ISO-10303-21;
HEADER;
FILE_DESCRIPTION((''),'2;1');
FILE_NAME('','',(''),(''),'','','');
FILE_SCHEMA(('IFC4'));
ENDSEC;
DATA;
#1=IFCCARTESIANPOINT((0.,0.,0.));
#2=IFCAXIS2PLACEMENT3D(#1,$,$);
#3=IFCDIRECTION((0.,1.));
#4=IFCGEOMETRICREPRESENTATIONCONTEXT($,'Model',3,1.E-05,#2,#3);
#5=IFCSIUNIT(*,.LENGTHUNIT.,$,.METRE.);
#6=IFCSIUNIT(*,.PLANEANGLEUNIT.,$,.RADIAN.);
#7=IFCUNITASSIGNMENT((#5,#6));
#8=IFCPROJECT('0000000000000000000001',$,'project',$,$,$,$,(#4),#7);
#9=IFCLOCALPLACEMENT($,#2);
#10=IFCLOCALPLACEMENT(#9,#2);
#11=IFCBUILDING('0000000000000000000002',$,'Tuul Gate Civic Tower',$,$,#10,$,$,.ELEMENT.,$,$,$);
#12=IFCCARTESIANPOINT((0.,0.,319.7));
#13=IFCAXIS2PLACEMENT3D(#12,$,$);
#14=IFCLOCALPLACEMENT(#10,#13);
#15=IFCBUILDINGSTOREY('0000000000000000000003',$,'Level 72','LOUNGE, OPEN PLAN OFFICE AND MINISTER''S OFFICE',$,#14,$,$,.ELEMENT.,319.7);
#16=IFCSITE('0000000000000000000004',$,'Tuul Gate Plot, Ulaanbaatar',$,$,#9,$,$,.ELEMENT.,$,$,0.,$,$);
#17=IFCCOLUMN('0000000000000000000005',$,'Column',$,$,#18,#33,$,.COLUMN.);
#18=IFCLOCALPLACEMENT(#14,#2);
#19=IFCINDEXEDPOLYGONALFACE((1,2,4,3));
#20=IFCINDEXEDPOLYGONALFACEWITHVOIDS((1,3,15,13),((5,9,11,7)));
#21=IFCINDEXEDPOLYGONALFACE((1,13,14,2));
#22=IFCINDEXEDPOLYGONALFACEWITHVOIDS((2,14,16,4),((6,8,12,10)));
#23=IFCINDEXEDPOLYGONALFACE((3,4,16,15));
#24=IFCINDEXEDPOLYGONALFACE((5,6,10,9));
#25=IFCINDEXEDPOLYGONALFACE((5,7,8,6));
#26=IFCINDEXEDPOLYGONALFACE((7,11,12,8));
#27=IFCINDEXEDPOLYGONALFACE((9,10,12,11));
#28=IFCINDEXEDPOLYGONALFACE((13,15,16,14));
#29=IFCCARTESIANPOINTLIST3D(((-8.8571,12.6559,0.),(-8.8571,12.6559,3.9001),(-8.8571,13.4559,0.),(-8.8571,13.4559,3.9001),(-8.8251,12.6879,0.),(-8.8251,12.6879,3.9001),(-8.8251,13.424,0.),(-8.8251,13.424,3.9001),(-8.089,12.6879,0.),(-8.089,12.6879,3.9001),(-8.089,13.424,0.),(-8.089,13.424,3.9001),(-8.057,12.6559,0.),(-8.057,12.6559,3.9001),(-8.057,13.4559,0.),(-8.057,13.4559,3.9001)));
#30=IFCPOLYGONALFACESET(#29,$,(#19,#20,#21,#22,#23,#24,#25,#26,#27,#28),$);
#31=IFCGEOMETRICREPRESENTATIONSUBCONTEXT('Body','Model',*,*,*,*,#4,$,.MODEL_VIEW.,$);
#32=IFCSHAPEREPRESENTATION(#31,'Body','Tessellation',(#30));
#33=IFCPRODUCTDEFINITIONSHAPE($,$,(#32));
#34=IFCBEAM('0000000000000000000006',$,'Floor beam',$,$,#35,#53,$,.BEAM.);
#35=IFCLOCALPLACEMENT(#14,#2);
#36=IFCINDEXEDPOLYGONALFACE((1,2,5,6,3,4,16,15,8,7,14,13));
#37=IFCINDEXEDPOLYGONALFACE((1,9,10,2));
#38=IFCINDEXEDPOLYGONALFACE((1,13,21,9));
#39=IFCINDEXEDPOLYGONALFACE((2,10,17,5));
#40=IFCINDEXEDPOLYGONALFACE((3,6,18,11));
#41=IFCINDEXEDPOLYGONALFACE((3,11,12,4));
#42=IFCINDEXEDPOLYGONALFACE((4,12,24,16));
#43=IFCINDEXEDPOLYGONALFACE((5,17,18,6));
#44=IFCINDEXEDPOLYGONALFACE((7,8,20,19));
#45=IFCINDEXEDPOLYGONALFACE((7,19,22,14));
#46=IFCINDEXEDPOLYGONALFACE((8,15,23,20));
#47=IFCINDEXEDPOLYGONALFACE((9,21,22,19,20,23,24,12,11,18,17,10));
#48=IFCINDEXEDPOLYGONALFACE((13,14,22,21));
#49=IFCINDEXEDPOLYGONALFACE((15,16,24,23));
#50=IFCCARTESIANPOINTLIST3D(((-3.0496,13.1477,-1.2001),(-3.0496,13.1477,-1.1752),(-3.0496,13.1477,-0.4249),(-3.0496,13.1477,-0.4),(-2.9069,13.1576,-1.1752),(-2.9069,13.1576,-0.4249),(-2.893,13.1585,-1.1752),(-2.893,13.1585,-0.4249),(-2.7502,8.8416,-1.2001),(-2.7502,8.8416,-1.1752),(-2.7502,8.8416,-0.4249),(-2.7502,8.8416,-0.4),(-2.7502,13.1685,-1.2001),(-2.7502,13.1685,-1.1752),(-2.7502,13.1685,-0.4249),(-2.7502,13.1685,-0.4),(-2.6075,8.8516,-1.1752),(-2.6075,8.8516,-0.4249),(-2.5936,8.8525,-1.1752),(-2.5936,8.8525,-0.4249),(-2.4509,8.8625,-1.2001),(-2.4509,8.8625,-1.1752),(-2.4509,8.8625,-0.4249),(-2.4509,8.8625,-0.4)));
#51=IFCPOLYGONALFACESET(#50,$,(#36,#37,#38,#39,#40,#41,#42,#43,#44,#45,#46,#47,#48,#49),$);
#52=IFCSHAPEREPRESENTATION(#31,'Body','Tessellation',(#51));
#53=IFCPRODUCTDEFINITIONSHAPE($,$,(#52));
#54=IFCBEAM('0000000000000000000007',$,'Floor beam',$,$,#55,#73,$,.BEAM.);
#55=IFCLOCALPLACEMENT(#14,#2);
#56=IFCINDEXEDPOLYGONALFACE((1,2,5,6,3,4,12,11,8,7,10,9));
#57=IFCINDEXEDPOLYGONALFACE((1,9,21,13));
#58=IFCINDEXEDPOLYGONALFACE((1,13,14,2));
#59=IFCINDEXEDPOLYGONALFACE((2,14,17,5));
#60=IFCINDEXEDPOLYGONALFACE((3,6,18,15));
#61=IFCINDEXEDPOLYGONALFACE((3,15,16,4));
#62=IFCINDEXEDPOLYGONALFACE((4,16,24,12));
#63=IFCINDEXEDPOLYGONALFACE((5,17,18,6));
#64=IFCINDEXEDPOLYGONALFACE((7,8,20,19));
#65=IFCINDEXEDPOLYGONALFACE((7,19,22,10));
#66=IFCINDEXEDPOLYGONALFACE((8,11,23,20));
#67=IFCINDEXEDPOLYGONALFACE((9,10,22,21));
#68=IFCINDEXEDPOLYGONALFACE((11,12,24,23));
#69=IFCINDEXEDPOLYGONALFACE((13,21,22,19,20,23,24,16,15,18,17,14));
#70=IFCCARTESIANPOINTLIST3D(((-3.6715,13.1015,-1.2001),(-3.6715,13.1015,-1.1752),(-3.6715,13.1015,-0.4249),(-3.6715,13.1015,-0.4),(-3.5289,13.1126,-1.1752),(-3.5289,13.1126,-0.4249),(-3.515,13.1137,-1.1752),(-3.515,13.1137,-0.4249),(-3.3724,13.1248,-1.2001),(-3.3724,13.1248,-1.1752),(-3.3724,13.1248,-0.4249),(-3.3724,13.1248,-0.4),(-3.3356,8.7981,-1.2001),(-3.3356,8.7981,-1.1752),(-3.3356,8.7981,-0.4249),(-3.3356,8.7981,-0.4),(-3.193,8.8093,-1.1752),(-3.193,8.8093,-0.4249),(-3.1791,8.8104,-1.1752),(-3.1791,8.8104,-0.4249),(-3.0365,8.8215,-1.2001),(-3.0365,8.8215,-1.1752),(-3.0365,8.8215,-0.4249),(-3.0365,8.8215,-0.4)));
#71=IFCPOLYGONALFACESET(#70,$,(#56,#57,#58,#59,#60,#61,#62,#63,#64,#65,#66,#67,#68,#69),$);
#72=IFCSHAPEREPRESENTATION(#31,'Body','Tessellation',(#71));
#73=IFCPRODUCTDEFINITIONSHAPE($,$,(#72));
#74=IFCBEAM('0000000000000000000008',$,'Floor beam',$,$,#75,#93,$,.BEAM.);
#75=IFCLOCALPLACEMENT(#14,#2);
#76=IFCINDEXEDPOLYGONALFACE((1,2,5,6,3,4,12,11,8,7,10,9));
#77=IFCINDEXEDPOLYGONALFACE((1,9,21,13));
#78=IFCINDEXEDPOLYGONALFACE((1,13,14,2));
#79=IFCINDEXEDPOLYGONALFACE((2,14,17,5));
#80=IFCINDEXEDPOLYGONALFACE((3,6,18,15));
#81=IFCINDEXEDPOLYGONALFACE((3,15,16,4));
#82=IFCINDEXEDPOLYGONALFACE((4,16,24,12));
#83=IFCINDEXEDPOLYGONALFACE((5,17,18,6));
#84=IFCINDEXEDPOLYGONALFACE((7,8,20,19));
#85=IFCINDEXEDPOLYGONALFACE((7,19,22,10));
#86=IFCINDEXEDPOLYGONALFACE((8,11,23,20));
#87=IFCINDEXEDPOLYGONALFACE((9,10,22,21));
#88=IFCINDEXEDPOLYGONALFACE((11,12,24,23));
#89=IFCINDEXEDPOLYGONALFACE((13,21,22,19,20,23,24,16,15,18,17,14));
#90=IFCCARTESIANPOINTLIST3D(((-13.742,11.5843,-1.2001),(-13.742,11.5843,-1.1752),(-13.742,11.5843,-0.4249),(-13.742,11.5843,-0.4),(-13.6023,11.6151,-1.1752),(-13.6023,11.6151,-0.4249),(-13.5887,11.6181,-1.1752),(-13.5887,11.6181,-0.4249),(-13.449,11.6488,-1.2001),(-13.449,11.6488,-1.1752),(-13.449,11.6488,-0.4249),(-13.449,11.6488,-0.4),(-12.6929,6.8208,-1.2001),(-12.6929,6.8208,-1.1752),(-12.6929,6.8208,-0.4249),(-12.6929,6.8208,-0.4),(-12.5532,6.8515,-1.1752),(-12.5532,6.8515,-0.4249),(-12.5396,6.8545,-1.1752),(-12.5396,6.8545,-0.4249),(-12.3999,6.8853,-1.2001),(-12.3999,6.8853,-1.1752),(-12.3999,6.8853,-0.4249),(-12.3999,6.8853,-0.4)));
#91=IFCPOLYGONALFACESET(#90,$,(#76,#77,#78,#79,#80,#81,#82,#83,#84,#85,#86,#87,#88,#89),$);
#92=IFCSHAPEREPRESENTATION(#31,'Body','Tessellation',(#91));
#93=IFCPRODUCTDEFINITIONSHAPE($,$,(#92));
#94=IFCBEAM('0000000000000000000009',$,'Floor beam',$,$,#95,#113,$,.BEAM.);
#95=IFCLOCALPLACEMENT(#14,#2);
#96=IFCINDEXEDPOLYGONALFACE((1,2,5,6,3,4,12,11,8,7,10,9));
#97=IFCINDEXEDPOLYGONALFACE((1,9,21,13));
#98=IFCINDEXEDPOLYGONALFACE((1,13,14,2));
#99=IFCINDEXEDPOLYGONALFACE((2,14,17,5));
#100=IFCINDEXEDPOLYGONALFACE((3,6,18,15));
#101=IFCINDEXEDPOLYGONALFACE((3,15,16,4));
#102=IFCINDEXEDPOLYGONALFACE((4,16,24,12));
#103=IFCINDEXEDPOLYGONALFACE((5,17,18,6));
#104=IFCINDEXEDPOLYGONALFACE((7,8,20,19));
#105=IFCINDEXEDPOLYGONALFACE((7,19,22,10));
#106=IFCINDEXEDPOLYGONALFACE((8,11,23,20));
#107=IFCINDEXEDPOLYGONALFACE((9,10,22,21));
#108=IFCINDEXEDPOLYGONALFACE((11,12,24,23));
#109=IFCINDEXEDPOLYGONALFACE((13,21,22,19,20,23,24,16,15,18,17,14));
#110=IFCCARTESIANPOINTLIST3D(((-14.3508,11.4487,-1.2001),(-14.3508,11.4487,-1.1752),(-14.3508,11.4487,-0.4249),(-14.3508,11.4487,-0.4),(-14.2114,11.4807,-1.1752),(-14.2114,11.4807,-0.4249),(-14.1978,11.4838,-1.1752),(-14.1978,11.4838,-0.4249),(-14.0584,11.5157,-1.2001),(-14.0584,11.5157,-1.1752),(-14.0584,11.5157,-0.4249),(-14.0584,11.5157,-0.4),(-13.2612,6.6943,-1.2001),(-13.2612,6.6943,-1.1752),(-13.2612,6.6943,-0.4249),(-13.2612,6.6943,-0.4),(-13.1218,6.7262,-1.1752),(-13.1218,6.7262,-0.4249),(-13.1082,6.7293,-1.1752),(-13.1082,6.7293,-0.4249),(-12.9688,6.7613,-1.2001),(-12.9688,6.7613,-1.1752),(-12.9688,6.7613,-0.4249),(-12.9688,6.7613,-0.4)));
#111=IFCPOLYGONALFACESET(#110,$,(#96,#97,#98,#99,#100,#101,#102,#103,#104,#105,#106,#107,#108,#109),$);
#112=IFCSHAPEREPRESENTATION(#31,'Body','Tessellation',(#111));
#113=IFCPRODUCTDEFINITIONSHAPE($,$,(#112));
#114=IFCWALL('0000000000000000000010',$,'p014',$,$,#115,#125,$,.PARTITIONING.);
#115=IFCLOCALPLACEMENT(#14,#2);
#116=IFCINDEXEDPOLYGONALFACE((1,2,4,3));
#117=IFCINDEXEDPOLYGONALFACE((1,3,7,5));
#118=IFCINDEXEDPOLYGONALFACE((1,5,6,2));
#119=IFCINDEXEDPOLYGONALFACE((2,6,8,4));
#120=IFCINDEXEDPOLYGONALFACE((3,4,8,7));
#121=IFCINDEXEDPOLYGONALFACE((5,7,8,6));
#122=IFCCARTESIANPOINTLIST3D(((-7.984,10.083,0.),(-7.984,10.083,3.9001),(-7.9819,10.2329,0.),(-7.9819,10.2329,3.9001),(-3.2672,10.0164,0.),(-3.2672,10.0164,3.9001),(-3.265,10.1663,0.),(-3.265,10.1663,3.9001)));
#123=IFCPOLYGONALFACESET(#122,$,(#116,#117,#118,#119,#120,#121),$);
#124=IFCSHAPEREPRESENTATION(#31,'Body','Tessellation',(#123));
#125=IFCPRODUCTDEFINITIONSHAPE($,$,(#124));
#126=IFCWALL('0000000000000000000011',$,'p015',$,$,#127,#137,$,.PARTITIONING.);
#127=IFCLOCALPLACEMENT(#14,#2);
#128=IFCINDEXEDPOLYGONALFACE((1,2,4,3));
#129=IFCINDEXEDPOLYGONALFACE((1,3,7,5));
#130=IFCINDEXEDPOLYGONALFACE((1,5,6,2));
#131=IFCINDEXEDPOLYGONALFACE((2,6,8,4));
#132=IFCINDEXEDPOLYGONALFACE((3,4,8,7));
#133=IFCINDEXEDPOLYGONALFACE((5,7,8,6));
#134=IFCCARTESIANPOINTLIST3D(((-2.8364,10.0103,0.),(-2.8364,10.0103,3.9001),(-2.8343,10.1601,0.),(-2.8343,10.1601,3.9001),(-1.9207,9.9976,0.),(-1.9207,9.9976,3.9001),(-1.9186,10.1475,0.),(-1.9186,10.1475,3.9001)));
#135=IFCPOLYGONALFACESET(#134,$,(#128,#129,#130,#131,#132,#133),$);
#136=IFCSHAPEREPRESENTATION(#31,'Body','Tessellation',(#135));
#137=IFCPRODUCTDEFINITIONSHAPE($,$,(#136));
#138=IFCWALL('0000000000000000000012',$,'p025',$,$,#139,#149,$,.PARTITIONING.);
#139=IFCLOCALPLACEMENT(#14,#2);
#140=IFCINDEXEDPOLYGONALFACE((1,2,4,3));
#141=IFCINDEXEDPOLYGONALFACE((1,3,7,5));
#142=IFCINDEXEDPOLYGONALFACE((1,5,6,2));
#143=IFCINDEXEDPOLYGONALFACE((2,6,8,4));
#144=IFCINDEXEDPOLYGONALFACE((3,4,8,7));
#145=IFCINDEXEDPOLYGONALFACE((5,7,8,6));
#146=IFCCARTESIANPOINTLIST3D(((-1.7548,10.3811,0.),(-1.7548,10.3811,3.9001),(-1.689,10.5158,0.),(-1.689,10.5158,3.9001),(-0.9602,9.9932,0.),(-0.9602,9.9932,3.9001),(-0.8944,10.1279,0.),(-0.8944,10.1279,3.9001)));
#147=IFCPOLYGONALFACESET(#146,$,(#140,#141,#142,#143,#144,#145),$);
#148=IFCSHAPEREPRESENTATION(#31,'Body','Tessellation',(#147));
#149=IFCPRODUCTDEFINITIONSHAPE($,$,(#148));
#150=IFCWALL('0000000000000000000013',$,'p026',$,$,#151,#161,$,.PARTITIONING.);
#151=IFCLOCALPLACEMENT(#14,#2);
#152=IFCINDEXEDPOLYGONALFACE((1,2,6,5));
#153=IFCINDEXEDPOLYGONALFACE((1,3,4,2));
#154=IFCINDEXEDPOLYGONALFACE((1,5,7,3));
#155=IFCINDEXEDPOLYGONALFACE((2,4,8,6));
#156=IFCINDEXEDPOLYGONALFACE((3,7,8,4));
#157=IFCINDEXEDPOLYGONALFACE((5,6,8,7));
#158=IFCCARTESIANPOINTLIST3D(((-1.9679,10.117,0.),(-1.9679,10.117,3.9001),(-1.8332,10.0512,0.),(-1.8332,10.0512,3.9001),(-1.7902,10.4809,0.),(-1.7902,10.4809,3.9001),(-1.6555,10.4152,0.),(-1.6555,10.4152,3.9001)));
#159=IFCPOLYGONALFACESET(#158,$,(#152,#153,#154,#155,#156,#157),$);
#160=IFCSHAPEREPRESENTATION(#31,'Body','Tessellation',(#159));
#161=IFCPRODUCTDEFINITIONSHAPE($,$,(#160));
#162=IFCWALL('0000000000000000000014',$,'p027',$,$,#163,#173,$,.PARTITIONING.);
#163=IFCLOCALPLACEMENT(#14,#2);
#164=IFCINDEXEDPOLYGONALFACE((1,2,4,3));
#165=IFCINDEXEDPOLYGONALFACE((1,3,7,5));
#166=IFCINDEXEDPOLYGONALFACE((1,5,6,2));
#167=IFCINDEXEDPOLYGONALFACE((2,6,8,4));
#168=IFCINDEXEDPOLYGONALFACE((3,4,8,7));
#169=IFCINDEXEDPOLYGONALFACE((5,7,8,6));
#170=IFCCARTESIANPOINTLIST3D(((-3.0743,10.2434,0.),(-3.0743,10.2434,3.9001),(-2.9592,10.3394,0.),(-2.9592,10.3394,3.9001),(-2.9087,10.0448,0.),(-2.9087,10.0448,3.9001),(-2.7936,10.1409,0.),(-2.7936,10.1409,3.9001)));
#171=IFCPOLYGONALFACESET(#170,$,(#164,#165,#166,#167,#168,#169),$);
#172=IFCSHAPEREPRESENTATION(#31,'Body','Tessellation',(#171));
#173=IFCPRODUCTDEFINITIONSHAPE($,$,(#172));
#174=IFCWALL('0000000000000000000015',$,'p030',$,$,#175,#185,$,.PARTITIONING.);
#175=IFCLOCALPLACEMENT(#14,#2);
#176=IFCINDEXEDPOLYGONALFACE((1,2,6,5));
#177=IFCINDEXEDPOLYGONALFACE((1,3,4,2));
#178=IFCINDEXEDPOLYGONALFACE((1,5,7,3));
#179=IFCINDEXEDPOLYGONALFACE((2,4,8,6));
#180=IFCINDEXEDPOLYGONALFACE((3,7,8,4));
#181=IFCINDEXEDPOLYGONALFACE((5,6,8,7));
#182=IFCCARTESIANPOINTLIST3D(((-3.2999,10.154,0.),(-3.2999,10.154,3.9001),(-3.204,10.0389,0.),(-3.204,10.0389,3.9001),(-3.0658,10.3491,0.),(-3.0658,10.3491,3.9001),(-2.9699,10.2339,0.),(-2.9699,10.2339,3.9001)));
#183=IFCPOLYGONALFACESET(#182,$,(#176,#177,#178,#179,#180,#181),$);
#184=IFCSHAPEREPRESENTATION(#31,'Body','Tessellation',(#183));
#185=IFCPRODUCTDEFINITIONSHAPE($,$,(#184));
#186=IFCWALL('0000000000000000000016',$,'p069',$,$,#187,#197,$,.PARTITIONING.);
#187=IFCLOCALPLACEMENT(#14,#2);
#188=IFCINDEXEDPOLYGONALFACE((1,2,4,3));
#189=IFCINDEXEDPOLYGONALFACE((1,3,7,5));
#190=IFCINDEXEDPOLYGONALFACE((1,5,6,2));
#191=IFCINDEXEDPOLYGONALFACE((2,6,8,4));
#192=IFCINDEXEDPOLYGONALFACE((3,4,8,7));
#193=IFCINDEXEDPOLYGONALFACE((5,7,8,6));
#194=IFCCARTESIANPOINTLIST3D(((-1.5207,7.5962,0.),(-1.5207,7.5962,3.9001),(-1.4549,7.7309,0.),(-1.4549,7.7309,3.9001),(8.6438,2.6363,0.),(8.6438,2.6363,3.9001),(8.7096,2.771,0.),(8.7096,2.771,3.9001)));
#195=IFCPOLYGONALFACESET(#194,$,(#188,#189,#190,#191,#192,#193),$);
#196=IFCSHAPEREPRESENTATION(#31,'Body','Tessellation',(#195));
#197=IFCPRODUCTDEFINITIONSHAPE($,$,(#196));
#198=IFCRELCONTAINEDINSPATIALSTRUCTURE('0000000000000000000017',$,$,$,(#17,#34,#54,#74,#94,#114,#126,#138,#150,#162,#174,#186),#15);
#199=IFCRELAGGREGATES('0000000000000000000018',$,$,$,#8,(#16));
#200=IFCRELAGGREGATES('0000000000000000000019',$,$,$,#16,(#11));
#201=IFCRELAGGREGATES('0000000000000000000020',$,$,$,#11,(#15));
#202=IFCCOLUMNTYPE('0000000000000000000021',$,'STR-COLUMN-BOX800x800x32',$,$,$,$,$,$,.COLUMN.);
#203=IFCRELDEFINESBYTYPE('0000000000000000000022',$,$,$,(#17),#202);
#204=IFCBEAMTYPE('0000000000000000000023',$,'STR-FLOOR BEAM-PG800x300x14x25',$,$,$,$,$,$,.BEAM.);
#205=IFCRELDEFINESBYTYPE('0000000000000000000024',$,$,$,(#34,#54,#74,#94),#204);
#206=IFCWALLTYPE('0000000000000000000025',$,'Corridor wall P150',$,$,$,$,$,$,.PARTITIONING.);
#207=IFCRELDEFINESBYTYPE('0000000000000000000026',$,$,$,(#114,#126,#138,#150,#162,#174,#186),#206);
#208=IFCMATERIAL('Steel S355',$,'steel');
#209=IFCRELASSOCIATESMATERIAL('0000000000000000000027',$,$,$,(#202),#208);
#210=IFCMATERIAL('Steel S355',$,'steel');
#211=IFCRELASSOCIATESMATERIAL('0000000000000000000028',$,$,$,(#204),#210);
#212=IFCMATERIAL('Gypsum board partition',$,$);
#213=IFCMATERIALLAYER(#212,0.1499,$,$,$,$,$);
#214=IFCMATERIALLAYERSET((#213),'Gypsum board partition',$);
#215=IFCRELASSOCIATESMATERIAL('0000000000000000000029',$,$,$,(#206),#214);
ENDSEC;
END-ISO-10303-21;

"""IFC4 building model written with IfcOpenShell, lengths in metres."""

from ifc_helpers import new_model, si_unit, direction, frame, frame_2d, origin, origin_2d, place, context, subcontext, project, spatial, rectangle, hollow_rectangle, i_section, extrude, material, layer, layer_set, material_profile, profile_set, type_object, element, save


model = new_model("IFC4")

# Units and contexts
model_context = context("Model", 3, precision=1e-05, world=origin(), true_north=direction((0.0, 1.0)))
body_context = subcontext(model_context, "Body", "Model", "MODEL_VIEW")
ifc_project = project(units=[si_unit("LENGTHUNIT", "METRE"), si_unit("PLANEANGLEUNIT", "RADIAN")], contexts=[model_context])

# Site, building, storey
site_placement = place(None, origin())
site = spatial("IfcSite", under=ifc_project, at=site_placement, Name="Tuul Gate Plot, Ulaanbaatar", CompositionType="ELEMENT", RefElevation=0.0)
building_placement = place(site_placement, origin())
building = spatial("IfcBuilding", under=site, at=building_placement, Name="Tuul Gate Civic Tower", CompositionType="ELEMENT")
storey_placement = place(building_placement, frame((0.0, 0.0, 319.7)))
storey = spatial("IfcBuildingStorey", under=building, at=storey_placement, Name="Level 72", Description="LOUNGE, OPEN PLAN OFFICE AND MINISTER'S OFFICE", CompositionType="ELEMENT", Elevation=319.7)

# Column
ifc_material_1 = material(Name="Steel S355", Category="steel")
ifc_material_profile_1 = material_profile(ifc_material_1, hollow_rectangle(XDim=0.8, YDim=0.8, WallThickness=0.032, at=origin_2d()), Name="BOX800x800x32")
ifc_profile_set_1 = profile_set([ifc_material_profile_1], Name="Steel S355")
column_type = type_object("IfcColumnType", Name="STR-COLUMN-BOX800x800x32", PredefinedType="COLUMN", material=ifc_profile_set_1)
column_placement = place(storey_placement, frame((-8.457, 13.0559, 0.0), z_axis=(0.0, 0.0, 1.0), x_axis=(1.0, 0.0, 0.0)))
element("IfcColumn", 1, at=column_placement, inside=storey, type_object=column_type, Name="Column", PredefinedType="COLUMN", context=body_context, shape_type="SweptSolid", body=[
    extrude(hollow_rectangle(XDim=0.8, YDim=0.8, WallThickness=0.032, at=origin_2d()), origin(), (0.0, 0.0, 1.0), 3.9001),
])

# Beams
ifc_material_2 = material(Name="Steel S355", Category="steel")
ifc_material_profile_2 = material_profile(ifc_material_2, i_section(OverallWidth=0.3, OverallDepth=0.8, WebThickness=0.0139, FlangeThickness=0.0249, at=origin_2d()), Name="PG800x300x14x25")
ifc_profile_set_2 = profile_set([ifc_material_profile_2], Name="Steel S355")
beam_type = type_object("IfcBeamType", Name="STR-FLOOR BEAM-PG800x300x14x25", PredefinedType="BEAM", material=ifc_profile_set_2)
for number, where, z_axis, x_axis, name in (
    (2, (-2.6006, 8.8521, -0.8), (-0.069346, 0.997593, 0.0), (-0.997593, -0.069346, 0.0), "Floor beam"),
    (3, (-3.186, 8.8098, -0.8), (-0.07783, 0.996967, 0.0), (-0.996967, -0.07783, 0.0), "Floor beam"),
):
    element("IfcBeam", number, at=place(storey_placement, frame(where, z_axis=z_axis, x_axis=x_axis)), inside=storey, type_object=beam_type, Name=name, PredefinedType="BEAM", context=body_context, shape_type="SweptSolid", body=[
        extrude(i_section(OverallWidth=0.3, OverallDepth=0.8, WebThickness=0.0139, FlangeThickness=0.0249, at=origin_2d()), origin(), (0.0, 0.0, 1.0), 4.3164),
    ])
for number, where, z_axis, x_axis, name in (
    (4, (-12.5464, 6.853, -0.8), (-0.21508, 0.976596, 0.0), (-0.976596, -0.21508, 0.0), "Floor beam"),
    (5, (-13.115, 6.7278, -0.8), (-0.223386, 0.97473, 0.0), (-0.97473, -0.223386, 0.0), "Floor beam"),
):
    element("IfcBeam", number, at=place(storey_placement, frame(where, z_axis=z_axis, x_axis=x_axis)), inside=storey, type_object=beam_type, Name=name, PredefinedType="BEAM", context=body_context, shape_type="SweptSolid", body=[
        extrude(i_section(OverallWidth=0.3, OverallDepth=0.8, WebThickness=0.0139, FlangeThickness=0.0249, at=origin_2d()), origin(), (0.0, 0.0, 1.0), 4.8777),
    ])

# Walls
ifc_material_3 = material(Name="Gypsum board partition")
ifc_layer_1 = layer(ifc_material_3, 0.1499)
ifc_layer_set_1 = layer_set([ifc_layer_1], Name="Gypsum board partition")
wall_type_1 = type_object("IfcWallType", Name="Corridor wall P150", PredefinedType="PARTITIONING", material=ifc_layer_set_1)
wall_1_placement = place(storey_placement, frame((-7.9829, 10.158, 0.0), z_axis=(0.0, 0.0, 1.0), x_axis=(0.9999, -0.014129, 0.0)))
element("IfcWall", 6, at=wall_1_placement, inside=storey, type_object=wall_type_1, Name="p014", PredefinedType="PARTITIONING", context=body_context, shape_type="SweptSolid", body=[
    extrude(rectangle(XDim=4.7173, YDim=0.1499, at=frame_2d((2.3586, 0.0))), origin(), (0.0, 0.0, 1.0), 3.9001),
])
wall_2_placement = place(storey_placement, frame((-2.8354, 10.0852, 0.0), z_axis=(0.0, 0.0, 1.0), x_axis=(0.999904, -0.013862, 0.0)))
element("IfcWall", 7, at=wall_2_placement, inside=storey, type_object=wall_type_1, Name="p015", PredefinedType="PARTITIONING", context=body_context, shape_type="SweptSolid", body=[
    extrude(rectangle(XDim=0.9158, YDim=0.1499, at=frame_2d((0.458, 0.0))), origin(), (0.0, 0.0, 1.0), 3.9001),
])
wall_3_placement = place(storey_placement, frame((-1.7219, 10.4485, 0.0), z_axis=(0.0, 0.0, 1.0), x_axis=(0.898638, -0.43869, 0.0)))
element("IfcWall", 8, at=wall_3_placement, inside=storey, type_object=wall_type_1, Name="p025", PredefinedType="PARTITIONING", context=body_context, shape_type="SweptSolid", body=[
    extrude(rectangle(XDim=0.8843, YDim=0.1499, at=frame_2d((0.4421, 0.0))), origin(), (0.0, 0.0, 1.0), 3.9001),
])
wall_4_placement = place(storey_placement, frame((-1.9006, 10.084, 0.0), z_axis=(0.0, 0.0, 1.0), x_axis=(0.438756, 0.898606, 0.0)))
element("IfcWall", 9, at=wall_4_placement, inside=storey, type_object=wall_type_1, Name="p026", PredefinedType="PARTITIONING", context=body_context, shape_type="SweptSolid", body=[
    extrude(rectangle(XDim=0.405, YDim=0.1499, at=frame_2d((0.2026, 0.0))), origin(), (0.0, 0.0, 1.0), 3.9001),
])
wall_5_placement = place(storey_placement, frame((-3.0168, 10.2915, 0.0), z_axis=(0.0, 0.0, 1.0), x_axis=(0.640463, -0.767989, 0.0)))
element("IfcWall", 10, at=wall_5_placement, inside=storey, type_object=wall_type_1, Name="p027", PredefinedType="PARTITIONING", context=body_context, shape_type="SweptSolid", body=[
    extrude(rectangle(XDim=0.2585, YDim=0.1499, at=frame_2d((0.1294, 0.0))), origin(), (0.0, 0.0, 1.0), 3.9001),
])
wall_6_placement = place(storey_placement, frame((-3.252, 10.0964, 0.0), z_axis=(0.0, 0.0, 1.0), x_axis=(0.768287, 0.640106, 0.0)))
element("IfcWall", 11, at=wall_6_placement, inside=storey, type_object=wall_type_1, Name="p030", PredefinedType="PARTITIONING", context=body_context, shape_type="SweptSolid", body=[
    extrude(rectangle(XDim=0.3047, YDim=0.1499, at=frame_2d((0.1523, 0.0))), origin(), (0.0, 0.0, 1.0), 3.9001),
])
wall_7_placement = place(storey_placement, frame((-1.4878, 7.6636, 0.0), z_axis=(0.0, 0.0, 1.0), x_axis=(0.898711, -0.438541, 0.0)))
element("IfcWall", 12, at=wall_7_placement, inside=storey, type_object=wall_type_1, Name="p069", PredefinedType="PARTITIONING", context=body_context, shape_type="SweptSolid", body=[
    extrude(rectangle(XDim=11.3101, YDim=0.1499, at=frame_2d((5.655, 0.0))), origin(), (0.0, 0.0, 1.0), 3.9001),
])

save(model, "model.ifc")
